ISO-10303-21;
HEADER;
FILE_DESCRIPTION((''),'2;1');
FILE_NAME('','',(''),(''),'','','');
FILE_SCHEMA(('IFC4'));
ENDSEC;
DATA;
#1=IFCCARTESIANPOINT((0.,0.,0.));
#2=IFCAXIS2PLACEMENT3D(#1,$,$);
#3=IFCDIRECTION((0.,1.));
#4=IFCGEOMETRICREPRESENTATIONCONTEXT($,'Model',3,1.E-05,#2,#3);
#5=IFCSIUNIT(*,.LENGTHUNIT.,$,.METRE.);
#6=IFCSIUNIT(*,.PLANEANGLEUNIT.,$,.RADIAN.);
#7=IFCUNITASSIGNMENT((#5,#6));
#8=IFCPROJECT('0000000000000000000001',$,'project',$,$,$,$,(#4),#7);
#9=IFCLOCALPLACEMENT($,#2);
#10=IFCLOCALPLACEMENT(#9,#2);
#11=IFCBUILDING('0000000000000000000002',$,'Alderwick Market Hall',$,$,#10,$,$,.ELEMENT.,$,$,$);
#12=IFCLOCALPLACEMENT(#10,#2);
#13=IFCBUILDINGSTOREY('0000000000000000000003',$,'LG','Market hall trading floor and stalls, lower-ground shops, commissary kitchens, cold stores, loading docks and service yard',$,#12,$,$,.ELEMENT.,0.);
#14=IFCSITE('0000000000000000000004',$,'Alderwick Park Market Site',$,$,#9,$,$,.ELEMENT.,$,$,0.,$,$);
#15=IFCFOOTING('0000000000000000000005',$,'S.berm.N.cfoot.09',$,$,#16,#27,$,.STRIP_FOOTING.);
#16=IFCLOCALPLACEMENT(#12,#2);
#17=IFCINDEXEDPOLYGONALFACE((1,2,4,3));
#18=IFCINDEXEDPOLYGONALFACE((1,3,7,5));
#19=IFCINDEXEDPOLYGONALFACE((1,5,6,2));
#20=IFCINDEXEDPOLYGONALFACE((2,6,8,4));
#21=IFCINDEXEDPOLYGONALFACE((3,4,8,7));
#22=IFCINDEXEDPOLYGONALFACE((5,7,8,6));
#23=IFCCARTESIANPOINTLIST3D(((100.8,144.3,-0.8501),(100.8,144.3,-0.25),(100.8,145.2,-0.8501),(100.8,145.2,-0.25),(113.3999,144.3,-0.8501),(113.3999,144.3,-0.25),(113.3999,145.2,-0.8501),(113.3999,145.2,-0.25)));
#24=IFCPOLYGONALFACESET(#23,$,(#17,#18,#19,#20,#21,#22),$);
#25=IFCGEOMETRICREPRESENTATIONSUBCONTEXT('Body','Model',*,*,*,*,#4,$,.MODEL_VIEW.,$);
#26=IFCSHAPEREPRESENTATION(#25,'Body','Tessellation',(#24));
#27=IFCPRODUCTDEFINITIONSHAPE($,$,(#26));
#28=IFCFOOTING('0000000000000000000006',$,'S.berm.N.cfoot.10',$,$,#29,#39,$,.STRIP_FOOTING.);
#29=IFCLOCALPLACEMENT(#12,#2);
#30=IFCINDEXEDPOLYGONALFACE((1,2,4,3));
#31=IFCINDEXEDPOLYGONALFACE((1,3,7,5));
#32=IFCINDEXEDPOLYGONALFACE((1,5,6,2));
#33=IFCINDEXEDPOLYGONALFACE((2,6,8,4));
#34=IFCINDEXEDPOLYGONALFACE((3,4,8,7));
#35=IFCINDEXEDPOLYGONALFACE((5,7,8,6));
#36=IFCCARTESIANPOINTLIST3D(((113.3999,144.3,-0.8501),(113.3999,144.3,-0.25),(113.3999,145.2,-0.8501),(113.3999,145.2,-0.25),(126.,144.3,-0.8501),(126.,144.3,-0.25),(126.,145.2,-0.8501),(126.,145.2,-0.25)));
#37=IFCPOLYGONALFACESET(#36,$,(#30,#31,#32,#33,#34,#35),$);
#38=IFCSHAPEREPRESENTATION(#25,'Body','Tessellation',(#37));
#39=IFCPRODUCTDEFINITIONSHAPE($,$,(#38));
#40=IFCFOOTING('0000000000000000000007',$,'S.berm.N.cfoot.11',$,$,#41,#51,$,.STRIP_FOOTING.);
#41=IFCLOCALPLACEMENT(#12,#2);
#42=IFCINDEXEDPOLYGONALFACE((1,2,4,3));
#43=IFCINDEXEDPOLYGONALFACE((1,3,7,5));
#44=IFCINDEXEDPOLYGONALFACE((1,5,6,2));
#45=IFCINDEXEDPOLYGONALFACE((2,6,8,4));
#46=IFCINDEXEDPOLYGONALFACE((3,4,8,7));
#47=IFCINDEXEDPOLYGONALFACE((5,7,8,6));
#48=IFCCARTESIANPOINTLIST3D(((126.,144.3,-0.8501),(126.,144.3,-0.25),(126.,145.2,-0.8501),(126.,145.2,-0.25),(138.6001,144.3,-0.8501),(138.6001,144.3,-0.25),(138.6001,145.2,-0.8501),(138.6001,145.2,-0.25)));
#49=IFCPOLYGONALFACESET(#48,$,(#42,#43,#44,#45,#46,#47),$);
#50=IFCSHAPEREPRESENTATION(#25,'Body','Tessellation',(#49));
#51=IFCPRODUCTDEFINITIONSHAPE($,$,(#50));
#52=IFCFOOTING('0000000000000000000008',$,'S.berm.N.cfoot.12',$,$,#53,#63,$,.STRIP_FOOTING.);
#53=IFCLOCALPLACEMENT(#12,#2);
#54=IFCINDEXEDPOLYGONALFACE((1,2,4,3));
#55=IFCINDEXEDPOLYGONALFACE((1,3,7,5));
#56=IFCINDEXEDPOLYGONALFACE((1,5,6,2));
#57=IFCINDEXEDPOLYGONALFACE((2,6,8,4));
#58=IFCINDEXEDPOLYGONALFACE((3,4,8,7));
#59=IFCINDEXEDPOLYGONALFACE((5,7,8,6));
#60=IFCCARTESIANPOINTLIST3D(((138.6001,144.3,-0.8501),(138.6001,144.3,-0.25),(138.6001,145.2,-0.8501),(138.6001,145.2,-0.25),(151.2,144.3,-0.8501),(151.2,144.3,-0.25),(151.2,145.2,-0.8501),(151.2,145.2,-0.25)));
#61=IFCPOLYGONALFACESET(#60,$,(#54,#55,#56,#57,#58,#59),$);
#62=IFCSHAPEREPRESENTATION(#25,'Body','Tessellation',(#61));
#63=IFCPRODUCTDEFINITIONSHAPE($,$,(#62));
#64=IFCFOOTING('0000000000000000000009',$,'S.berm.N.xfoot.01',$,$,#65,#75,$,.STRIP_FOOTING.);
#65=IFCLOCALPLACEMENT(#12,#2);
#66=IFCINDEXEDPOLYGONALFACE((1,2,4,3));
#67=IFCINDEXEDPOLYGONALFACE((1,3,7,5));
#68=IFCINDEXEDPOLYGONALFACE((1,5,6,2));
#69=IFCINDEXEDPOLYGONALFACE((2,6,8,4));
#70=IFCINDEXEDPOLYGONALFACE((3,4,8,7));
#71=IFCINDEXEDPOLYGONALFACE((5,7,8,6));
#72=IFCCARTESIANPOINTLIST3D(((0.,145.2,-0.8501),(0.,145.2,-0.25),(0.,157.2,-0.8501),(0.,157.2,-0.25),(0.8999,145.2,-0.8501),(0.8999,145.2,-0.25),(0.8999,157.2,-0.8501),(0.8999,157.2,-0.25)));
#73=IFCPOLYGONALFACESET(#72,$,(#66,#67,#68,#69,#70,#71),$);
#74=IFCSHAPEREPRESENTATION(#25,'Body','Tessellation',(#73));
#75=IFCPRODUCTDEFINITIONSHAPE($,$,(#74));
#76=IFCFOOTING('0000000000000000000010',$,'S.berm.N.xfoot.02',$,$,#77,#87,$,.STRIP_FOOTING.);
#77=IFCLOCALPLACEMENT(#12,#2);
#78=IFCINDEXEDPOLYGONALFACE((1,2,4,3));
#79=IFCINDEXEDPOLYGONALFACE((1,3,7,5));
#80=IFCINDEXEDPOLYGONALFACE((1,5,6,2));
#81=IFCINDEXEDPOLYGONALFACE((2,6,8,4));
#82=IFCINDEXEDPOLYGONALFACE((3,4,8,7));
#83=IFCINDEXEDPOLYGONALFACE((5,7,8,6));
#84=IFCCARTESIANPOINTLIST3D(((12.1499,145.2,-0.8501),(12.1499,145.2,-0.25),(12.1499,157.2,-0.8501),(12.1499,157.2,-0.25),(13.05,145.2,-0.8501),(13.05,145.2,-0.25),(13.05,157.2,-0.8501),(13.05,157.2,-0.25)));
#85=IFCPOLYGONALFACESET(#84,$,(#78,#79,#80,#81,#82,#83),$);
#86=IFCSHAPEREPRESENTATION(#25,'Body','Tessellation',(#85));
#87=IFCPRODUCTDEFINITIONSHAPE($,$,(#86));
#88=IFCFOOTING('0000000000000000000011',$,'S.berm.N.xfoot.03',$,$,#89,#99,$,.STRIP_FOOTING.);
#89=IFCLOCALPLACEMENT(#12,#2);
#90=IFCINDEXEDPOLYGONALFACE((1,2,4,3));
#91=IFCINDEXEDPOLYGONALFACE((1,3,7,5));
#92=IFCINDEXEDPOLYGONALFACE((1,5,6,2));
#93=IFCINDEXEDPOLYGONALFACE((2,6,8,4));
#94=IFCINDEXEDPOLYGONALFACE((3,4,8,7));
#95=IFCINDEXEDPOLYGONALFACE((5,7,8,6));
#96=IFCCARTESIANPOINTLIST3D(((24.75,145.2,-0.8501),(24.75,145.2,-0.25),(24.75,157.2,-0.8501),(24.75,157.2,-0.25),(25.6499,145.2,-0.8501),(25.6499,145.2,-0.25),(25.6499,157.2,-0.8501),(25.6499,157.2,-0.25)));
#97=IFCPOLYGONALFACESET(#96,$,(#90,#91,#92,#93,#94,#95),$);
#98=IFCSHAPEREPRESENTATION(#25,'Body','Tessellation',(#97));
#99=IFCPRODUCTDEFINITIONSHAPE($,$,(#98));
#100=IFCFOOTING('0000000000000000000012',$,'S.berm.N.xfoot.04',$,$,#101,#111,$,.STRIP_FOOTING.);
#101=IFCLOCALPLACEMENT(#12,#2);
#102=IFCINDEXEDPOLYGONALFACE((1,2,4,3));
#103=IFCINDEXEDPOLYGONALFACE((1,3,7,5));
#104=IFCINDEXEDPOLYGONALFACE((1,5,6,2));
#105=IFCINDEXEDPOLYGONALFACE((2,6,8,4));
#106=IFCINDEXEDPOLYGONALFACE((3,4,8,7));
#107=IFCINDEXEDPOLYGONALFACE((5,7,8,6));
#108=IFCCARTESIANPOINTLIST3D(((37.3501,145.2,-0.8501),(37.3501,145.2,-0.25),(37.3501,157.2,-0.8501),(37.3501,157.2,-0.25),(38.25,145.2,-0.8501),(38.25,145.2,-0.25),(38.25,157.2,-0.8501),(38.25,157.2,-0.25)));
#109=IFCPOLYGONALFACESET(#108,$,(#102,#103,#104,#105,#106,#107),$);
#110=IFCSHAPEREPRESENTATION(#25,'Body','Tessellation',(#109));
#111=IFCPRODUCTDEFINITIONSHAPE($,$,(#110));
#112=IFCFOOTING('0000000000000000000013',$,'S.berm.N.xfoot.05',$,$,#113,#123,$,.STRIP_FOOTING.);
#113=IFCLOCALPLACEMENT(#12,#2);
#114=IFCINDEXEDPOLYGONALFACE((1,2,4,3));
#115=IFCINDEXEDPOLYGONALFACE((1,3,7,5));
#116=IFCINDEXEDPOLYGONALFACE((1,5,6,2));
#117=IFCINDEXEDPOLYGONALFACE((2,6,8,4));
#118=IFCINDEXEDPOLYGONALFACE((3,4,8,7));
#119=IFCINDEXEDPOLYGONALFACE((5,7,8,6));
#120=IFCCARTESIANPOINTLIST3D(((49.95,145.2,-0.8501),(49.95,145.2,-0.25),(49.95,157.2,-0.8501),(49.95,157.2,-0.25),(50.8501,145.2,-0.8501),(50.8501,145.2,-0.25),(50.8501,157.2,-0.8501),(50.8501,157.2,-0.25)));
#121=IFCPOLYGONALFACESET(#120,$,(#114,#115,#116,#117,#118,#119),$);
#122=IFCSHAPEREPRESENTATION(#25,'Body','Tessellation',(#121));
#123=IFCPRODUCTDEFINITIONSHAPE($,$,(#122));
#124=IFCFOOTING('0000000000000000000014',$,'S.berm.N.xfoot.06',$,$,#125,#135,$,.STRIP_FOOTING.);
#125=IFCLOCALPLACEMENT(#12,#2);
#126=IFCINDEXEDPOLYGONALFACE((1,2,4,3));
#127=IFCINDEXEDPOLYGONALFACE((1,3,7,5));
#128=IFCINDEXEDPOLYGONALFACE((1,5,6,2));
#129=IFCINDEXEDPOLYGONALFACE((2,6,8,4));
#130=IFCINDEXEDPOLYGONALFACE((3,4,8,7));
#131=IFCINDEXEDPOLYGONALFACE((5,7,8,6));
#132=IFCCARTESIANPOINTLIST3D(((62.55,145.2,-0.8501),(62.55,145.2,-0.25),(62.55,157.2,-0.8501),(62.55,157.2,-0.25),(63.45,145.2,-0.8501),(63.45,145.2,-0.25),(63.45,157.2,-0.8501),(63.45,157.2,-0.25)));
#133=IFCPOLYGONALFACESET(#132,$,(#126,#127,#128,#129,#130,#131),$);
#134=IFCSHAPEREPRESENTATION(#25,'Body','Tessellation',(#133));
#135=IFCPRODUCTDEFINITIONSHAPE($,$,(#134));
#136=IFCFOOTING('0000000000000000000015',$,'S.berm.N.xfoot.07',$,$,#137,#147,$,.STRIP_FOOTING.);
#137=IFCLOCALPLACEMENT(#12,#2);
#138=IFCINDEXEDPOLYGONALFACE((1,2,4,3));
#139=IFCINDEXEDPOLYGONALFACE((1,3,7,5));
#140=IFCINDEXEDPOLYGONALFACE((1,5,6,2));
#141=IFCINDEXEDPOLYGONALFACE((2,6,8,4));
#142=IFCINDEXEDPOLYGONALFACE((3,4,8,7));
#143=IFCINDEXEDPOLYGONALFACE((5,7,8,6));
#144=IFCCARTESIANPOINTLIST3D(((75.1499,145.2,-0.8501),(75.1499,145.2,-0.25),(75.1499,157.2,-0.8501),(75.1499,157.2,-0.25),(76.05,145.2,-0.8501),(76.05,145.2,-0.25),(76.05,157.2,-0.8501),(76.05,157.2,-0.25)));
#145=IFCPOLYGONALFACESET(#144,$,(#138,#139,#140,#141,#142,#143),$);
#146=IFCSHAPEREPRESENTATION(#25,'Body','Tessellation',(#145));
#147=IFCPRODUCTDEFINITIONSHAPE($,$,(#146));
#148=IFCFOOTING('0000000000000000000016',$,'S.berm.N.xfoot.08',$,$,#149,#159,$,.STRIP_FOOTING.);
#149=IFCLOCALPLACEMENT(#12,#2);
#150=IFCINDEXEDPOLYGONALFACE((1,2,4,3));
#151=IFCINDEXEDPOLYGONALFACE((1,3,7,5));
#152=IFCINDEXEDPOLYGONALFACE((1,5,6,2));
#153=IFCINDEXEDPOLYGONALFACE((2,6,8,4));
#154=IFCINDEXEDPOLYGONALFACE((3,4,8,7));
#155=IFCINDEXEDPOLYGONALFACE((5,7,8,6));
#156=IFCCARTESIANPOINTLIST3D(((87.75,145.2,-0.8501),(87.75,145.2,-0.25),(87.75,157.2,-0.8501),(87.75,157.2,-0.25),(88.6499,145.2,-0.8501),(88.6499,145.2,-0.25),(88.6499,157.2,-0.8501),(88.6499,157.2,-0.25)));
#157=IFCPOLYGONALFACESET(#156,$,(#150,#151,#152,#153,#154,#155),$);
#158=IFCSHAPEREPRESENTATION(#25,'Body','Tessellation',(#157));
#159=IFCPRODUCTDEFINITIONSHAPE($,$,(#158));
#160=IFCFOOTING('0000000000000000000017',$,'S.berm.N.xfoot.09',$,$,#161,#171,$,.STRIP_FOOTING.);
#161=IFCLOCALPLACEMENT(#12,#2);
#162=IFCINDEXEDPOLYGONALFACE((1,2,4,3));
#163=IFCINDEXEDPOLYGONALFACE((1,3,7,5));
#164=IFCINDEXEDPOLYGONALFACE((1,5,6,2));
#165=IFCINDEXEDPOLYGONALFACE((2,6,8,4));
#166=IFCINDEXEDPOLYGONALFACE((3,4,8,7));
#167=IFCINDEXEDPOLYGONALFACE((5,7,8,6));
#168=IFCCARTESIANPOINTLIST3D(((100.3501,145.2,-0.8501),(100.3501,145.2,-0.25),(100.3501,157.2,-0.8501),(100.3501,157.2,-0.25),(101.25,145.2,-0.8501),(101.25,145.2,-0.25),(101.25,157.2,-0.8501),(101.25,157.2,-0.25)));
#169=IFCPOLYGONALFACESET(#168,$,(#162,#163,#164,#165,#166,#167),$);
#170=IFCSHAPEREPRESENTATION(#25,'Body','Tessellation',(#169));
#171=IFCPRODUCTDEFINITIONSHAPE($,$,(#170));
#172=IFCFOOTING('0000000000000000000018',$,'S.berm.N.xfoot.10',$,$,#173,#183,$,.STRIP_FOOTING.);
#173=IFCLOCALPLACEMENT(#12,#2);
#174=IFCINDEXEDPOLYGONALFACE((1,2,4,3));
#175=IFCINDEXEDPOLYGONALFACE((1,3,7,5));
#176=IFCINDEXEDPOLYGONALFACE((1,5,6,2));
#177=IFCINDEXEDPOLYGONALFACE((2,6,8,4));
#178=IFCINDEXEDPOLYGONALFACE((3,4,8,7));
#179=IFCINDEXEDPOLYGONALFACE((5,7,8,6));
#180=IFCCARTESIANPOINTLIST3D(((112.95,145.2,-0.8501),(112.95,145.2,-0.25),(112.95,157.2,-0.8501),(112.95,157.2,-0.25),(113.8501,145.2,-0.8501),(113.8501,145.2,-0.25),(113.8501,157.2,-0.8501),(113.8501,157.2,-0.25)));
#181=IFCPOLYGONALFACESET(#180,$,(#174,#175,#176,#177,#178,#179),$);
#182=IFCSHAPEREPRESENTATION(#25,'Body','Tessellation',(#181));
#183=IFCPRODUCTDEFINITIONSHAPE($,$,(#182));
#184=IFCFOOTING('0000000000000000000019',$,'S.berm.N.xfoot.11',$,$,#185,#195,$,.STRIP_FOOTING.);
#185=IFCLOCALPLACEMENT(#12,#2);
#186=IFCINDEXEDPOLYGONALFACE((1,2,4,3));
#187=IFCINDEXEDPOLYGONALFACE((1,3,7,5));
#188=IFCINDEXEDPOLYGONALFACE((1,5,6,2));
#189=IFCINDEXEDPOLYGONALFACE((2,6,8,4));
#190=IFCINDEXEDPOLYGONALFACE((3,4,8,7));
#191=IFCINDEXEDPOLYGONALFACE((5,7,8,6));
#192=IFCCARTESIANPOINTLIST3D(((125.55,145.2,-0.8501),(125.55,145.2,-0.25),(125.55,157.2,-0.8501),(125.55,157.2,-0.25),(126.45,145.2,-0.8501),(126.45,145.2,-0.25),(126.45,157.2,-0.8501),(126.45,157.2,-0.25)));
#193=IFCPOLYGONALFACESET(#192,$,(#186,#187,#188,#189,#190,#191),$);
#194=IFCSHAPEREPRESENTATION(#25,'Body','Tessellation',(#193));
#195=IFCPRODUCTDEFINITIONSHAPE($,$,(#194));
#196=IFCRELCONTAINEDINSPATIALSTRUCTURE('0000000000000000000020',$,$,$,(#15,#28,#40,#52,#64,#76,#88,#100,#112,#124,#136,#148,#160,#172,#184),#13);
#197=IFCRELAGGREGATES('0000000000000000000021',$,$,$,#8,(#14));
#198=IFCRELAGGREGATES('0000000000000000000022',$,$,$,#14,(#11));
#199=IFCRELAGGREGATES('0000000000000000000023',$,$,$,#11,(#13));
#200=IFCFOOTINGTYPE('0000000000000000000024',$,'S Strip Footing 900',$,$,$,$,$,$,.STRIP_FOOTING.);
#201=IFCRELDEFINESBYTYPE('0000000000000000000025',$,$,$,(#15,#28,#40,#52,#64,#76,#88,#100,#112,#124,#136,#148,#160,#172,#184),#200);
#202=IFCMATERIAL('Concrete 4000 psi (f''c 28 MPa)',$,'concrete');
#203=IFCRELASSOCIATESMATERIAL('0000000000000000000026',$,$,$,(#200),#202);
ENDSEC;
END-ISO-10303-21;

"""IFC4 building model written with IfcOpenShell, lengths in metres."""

from ifc_helpers import new_model, si_unit, direction, frame, origin, place, context, subcontext, project, spatial, polyline, outline, extrude, material, type_object, element, save


model = new_model("IFC4")

# Units and contexts
model_context = context("Model", 3, precision=1e-05, world=origin(), true_north=direction((0.0, 1.0)))
body_context = subcontext(model_context, "Body", "Model", "MODEL_VIEW")
ifc_project = project(units=[si_unit("LENGTHUNIT", "METRE"), si_unit("PLANEANGLEUNIT", "RADIAN")], contexts=[model_context])

# Site, building, storey
site_placement = place(None, origin())
site = spatial("IfcSite", under=ifc_project, at=site_placement, Name="Alderwick Park Market Site", CompositionType="ELEMENT", RefElevation=0.0)
building_placement = place(site_placement, origin())
building = spatial("IfcBuilding", under=site, at=building_placement, Name="Alderwick Market Hall", CompositionType="ELEMENT")
storey_placement = place(building_placement, origin())
storey = spatial("IfcBuildingStorey", under=building, at=storey_placement, Name="LG", Description="Market hall trading floor and stalls, lower-ground shops, commissary kitchens, cold stores, loading docks and service yard", CompositionType="ELEMENT", Elevation=0.0)

# Footings
ifc_material_1 = material(Name="Concrete 4000 psi (f'c 28 MPa)", Category="concrete")
footing_type = type_object("IfcFootingType", Name="S Strip Footing 900", PredefinedType="STRIP_FOOTING", material=ifc_material_1)
footing_1_placement = place(storey_placement, frame((0.0, 0.0, -0.8501)))
element("IfcFooting", 1, at=footing_1_placement, inside=storey, type_object=footing_type, Name="S.berm.N.cfoot.09", PredefinedType="STRIP_FOOTING", context=body_context, shape_type="SweptSolid", body=[
    extrude(outline(polyline([(113.3999, 144.3), (113.3999, 145.2), (100.8, 145.2), (100.8, 144.3), (113.3999, 144.3)])), origin(), (0.0, 0.0, 1.0), 0.6001),
])
footing_2_placement = place(storey_placement, frame((0.0, 0.0, -0.8501)))
element("IfcFooting", 2, at=footing_2_placement, inside=storey, type_object=footing_type, Name="S.berm.N.cfoot.10", PredefinedType="STRIP_FOOTING", context=body_context, shape_type="SweptSolid", body=[
    extrude(outline(polyline([(126.0, 144.3), (126.0, 145.2), (113.3999, 145.2), (113.3999, 144.3), (126.0, 144.3)])), origin(), (0.0, 0.0, 1.0), 0.6001),
])
footing_3_placement = place(storey_placement, frame((0.0, 0.0, -0.8501)))
element("IfcFooting", 3, at=footing_3_placement, inside=storey, type_object=footing_type, Name="S.berm.N.cfoot.11", PredefinedType="STRIP_FOOTING", context=body_context, shape_type="SweptSolid", body=[
    extrude(outline(polyline([(138.6001, 144.3), (138.6001, 145.2), (126.0, 145.2), (126.0, 144.3), (138.6001, 144.3)])), origin(), (0.0, 0.0, 1.0), 0.6001),
])
footing_4_placement = place(storey_placement, frame((0.0, 0.0, -0.8501)))
element("IfcFooting", 4, at=footing_4_placement, inside=storey, type_object=footing_type, Name="S.berm.N.cfoot.12", PredefinedType="STRIP_FOOTING", context=body_context, shape_type="SweptSolid", body=[
    extrude(outline(polyline([(151.2, 144.3), (151.2, 145.2), (138.6001, 145.2), (138.6001, 144.3), (151.2, 144.3)])), origin(), (0.0, 0.0, 1.0), 0.6001),
])
footing_5_placement = place(storey_placement, frame((0.0, 0.0, -0.8501)))
element("IfcFooting", 5, at=footing_5_placement, inside=storey, type_object=footing_type, Name="S.berm.N.xfoot.01", PredefinedType="STRIP_FOOTING", context=body_context, shape_type="SweptSolid", body=[
    extrude(outline(polyline([(0.8999, 145.2), (0.8999, 157.2), (0.0, 157.2), (0.0, 145.2), (0.8999, 145.2)])), origin(), (0.0, 0.0, 1.0), 0.6001),
])
footing_6_placement = place(storey_placement, frame((0.0, 0.0, -0.8501)))
element("IfcFooting", 6, at=footing_6_placement, inside=storey, type_object=footing_type, Name="S.berm.N.xfoot.02", PredefinedType="STRIP_FOOTING", context=body_context, shape_type="SweptSolid", body=[
    extrude(outline(polyline([(13.05, 145.2), (13.05, 157.2), (12.1499, 157.2), (12.1499, 145.2), (13.05, 145.2)])), origin(), (0.0, 0.0, 1.0), 0.6001),
])
footing_7_placement = place(storey_placement, frame((0.0, 0.0, -0.8501)))
element("IfcFooting", 7, at=footing_7_placement, inside=storey, type_object=footing_type, Name="S.berm.N.xfoot.03", PredefinedType="STRIP_FOOTING", context=body_context, shape_type="SweptSolid", body=[
    extrude(outline(polyline([(25.6499, 145.2), (25.6499, 157.2), (24.75, 157.2), (24.75, 145.2), (25.6499, 145.2)])), origin(), (0.0, 0.0, 1.0), 0.6001),
])
footing_8_placement = place(storey_placement, frame((0.0, 0.0, -0.8501)))
element("IfcFooting", 8, at=footing_8_placement, inside=storey, type_object=footing_type, Name="S.berm.N.xfoot.04", PredefinedType="STRIP_FOOTING", context=body_context, shape_type="SweptSolid", body=[
    extrude(outline(polyline([(38.25, 145.2), (38.25, 157.2), (37.3501, 157.2), (37.3501, 145.2), (38.25, 145.2)])), origin(), (0.0, 0.0, 1.0), 0.6001),
])
footing_9_placement = place(storey_placement, frame((0.0, 0.0, -0.8501)))
element("IfcFooting", 9, at=footing_9_placement, inside=storey, type_object=footing_type, Name="S.berm.N.xfoot.05", PredefinedType="STRIP_FOOTING", context=body_context, shape_type="SweptSolid", body=[
    extrude(outline(polyline([(50.8501, 145.2), (50.8501, 157.2), (49.95, 157.2), (49.95, 145.2), (50.8501, 145.2)])), origin(), (0.0, 0.0, 1.0), 0.6001),
])
footing_10_placement = place(storey_placement, frame((0.0, 0.0, -0.8501)))
element("IfcFooting", 10, at=footing_10_placement, inside=storey, type_object=footing_type, Name="S.berm.N.xfoot.06", PredefinedType="STRIP_FOOTING", context=body_context, shape_type="SweptSolid", body=[
    extrude(outline(polyline([(63.45, 145.2), (63.45, 157.2), (62.55, 157.2), (62.55, 145.2), (63.45, 145.2)])), origin(), (0.0, 0.0, 1.0), 0.6001),
])
footing_11_placement = place(storey_placement, frame((0.0, 0.0, -0.8501)))
element("IfcFooting", 11, at=footing_11_placement, inside=storey, type_object=footing_type, Name="S.berm.N.xfoot.07", PredefinedType="STRIP_FOOTING", context=body_context, shape_type="SweptSolid", body=[
    extrude(outline(polyline([(76.05, 145.2), (76.05, 157.2), (75.1499, 157.2), (75.1499, 145.2), (76.05, 145.2)])), origin(), (0.0, 0.0, 1.0), 0.6001),
])
footing_12_placement = place(storey_placement, frame((0.0, 0.0, -0.8501)))
element("IfcFooting", 12, at=footing_12_placement, inside=storey, type_object=footing_type, Name="S.berm.N.xfoot.08", PredefinedType="STRIP_FOOTING", context=body_context, shape_type="SweptSolid", body=[
    extrude(outline(polyline([(88.6499, 145.2), (88.6499, 157.2), (87.75, 157.2), (87.75, 145.2), (88.6499, 145.2)])), origin(), (0.0, 0.0, 1.0), 0.6001),
])
footing_13_placement = place(storey_placement, frame((0.0, 0.0, -0.8501)))
element("IfcFooting", 13, at=footing_13_placement, inside=storey, type_object=footing_type, Name="S.berm.N.xfoot.09", PredefinedType="STRIP_FOOTING", context=body_context, shape_type="SweptSolid", body=[
    extrude(outline(polyline([(101.25, 145.2), (101.25, 157.2), (100.3501, 157.2), (100.3501, 145.2), (101.25, 145.2)])), origin(), (0.0, 0.0, 1.0), 0.6001),
])
footing_14_placement = place(storey_placement, frame((0.0, 0.0, -0.8501)))
element("IfcFooting", 14, at=footing_14_placement, inside=storey, type_object=footing_type, Name="S.berm.N.xfoot.10", PredefinedType="STRIP_FOOTING", context=body_context, shape_type="SweptSolid", body=[
    extrude(outline(polyline([(113.8501, 145.2), (113.8501, 157.2), (112.95, 157.2), (112.95, 145.2), (113.8501, 145.2)])), origin(), (0.0, 0.0, 1.0), 0.6001),
])
footing_15_placement = place(storey_placement, frame((0.0, 0.0, -0.8501)))
element("IfcFooting", 15, at=footing_15_placement, inside=storey, type_object=footing_type, Name="S.berm.N.xfoot.11", PredefinedType="STRIP_FOOTING", context=body_context, shape_type="SweptSolid", body=[
    extrude(outline(polyline([(126.45, 145.2), (126.45, 157.2), (125.55, 157.2), (125.55, 145.2), (126.45, 145.2)])), origin(), (0.0, 0.0, 1.0), 0.6001),
])

save(model, "model.ifc")
